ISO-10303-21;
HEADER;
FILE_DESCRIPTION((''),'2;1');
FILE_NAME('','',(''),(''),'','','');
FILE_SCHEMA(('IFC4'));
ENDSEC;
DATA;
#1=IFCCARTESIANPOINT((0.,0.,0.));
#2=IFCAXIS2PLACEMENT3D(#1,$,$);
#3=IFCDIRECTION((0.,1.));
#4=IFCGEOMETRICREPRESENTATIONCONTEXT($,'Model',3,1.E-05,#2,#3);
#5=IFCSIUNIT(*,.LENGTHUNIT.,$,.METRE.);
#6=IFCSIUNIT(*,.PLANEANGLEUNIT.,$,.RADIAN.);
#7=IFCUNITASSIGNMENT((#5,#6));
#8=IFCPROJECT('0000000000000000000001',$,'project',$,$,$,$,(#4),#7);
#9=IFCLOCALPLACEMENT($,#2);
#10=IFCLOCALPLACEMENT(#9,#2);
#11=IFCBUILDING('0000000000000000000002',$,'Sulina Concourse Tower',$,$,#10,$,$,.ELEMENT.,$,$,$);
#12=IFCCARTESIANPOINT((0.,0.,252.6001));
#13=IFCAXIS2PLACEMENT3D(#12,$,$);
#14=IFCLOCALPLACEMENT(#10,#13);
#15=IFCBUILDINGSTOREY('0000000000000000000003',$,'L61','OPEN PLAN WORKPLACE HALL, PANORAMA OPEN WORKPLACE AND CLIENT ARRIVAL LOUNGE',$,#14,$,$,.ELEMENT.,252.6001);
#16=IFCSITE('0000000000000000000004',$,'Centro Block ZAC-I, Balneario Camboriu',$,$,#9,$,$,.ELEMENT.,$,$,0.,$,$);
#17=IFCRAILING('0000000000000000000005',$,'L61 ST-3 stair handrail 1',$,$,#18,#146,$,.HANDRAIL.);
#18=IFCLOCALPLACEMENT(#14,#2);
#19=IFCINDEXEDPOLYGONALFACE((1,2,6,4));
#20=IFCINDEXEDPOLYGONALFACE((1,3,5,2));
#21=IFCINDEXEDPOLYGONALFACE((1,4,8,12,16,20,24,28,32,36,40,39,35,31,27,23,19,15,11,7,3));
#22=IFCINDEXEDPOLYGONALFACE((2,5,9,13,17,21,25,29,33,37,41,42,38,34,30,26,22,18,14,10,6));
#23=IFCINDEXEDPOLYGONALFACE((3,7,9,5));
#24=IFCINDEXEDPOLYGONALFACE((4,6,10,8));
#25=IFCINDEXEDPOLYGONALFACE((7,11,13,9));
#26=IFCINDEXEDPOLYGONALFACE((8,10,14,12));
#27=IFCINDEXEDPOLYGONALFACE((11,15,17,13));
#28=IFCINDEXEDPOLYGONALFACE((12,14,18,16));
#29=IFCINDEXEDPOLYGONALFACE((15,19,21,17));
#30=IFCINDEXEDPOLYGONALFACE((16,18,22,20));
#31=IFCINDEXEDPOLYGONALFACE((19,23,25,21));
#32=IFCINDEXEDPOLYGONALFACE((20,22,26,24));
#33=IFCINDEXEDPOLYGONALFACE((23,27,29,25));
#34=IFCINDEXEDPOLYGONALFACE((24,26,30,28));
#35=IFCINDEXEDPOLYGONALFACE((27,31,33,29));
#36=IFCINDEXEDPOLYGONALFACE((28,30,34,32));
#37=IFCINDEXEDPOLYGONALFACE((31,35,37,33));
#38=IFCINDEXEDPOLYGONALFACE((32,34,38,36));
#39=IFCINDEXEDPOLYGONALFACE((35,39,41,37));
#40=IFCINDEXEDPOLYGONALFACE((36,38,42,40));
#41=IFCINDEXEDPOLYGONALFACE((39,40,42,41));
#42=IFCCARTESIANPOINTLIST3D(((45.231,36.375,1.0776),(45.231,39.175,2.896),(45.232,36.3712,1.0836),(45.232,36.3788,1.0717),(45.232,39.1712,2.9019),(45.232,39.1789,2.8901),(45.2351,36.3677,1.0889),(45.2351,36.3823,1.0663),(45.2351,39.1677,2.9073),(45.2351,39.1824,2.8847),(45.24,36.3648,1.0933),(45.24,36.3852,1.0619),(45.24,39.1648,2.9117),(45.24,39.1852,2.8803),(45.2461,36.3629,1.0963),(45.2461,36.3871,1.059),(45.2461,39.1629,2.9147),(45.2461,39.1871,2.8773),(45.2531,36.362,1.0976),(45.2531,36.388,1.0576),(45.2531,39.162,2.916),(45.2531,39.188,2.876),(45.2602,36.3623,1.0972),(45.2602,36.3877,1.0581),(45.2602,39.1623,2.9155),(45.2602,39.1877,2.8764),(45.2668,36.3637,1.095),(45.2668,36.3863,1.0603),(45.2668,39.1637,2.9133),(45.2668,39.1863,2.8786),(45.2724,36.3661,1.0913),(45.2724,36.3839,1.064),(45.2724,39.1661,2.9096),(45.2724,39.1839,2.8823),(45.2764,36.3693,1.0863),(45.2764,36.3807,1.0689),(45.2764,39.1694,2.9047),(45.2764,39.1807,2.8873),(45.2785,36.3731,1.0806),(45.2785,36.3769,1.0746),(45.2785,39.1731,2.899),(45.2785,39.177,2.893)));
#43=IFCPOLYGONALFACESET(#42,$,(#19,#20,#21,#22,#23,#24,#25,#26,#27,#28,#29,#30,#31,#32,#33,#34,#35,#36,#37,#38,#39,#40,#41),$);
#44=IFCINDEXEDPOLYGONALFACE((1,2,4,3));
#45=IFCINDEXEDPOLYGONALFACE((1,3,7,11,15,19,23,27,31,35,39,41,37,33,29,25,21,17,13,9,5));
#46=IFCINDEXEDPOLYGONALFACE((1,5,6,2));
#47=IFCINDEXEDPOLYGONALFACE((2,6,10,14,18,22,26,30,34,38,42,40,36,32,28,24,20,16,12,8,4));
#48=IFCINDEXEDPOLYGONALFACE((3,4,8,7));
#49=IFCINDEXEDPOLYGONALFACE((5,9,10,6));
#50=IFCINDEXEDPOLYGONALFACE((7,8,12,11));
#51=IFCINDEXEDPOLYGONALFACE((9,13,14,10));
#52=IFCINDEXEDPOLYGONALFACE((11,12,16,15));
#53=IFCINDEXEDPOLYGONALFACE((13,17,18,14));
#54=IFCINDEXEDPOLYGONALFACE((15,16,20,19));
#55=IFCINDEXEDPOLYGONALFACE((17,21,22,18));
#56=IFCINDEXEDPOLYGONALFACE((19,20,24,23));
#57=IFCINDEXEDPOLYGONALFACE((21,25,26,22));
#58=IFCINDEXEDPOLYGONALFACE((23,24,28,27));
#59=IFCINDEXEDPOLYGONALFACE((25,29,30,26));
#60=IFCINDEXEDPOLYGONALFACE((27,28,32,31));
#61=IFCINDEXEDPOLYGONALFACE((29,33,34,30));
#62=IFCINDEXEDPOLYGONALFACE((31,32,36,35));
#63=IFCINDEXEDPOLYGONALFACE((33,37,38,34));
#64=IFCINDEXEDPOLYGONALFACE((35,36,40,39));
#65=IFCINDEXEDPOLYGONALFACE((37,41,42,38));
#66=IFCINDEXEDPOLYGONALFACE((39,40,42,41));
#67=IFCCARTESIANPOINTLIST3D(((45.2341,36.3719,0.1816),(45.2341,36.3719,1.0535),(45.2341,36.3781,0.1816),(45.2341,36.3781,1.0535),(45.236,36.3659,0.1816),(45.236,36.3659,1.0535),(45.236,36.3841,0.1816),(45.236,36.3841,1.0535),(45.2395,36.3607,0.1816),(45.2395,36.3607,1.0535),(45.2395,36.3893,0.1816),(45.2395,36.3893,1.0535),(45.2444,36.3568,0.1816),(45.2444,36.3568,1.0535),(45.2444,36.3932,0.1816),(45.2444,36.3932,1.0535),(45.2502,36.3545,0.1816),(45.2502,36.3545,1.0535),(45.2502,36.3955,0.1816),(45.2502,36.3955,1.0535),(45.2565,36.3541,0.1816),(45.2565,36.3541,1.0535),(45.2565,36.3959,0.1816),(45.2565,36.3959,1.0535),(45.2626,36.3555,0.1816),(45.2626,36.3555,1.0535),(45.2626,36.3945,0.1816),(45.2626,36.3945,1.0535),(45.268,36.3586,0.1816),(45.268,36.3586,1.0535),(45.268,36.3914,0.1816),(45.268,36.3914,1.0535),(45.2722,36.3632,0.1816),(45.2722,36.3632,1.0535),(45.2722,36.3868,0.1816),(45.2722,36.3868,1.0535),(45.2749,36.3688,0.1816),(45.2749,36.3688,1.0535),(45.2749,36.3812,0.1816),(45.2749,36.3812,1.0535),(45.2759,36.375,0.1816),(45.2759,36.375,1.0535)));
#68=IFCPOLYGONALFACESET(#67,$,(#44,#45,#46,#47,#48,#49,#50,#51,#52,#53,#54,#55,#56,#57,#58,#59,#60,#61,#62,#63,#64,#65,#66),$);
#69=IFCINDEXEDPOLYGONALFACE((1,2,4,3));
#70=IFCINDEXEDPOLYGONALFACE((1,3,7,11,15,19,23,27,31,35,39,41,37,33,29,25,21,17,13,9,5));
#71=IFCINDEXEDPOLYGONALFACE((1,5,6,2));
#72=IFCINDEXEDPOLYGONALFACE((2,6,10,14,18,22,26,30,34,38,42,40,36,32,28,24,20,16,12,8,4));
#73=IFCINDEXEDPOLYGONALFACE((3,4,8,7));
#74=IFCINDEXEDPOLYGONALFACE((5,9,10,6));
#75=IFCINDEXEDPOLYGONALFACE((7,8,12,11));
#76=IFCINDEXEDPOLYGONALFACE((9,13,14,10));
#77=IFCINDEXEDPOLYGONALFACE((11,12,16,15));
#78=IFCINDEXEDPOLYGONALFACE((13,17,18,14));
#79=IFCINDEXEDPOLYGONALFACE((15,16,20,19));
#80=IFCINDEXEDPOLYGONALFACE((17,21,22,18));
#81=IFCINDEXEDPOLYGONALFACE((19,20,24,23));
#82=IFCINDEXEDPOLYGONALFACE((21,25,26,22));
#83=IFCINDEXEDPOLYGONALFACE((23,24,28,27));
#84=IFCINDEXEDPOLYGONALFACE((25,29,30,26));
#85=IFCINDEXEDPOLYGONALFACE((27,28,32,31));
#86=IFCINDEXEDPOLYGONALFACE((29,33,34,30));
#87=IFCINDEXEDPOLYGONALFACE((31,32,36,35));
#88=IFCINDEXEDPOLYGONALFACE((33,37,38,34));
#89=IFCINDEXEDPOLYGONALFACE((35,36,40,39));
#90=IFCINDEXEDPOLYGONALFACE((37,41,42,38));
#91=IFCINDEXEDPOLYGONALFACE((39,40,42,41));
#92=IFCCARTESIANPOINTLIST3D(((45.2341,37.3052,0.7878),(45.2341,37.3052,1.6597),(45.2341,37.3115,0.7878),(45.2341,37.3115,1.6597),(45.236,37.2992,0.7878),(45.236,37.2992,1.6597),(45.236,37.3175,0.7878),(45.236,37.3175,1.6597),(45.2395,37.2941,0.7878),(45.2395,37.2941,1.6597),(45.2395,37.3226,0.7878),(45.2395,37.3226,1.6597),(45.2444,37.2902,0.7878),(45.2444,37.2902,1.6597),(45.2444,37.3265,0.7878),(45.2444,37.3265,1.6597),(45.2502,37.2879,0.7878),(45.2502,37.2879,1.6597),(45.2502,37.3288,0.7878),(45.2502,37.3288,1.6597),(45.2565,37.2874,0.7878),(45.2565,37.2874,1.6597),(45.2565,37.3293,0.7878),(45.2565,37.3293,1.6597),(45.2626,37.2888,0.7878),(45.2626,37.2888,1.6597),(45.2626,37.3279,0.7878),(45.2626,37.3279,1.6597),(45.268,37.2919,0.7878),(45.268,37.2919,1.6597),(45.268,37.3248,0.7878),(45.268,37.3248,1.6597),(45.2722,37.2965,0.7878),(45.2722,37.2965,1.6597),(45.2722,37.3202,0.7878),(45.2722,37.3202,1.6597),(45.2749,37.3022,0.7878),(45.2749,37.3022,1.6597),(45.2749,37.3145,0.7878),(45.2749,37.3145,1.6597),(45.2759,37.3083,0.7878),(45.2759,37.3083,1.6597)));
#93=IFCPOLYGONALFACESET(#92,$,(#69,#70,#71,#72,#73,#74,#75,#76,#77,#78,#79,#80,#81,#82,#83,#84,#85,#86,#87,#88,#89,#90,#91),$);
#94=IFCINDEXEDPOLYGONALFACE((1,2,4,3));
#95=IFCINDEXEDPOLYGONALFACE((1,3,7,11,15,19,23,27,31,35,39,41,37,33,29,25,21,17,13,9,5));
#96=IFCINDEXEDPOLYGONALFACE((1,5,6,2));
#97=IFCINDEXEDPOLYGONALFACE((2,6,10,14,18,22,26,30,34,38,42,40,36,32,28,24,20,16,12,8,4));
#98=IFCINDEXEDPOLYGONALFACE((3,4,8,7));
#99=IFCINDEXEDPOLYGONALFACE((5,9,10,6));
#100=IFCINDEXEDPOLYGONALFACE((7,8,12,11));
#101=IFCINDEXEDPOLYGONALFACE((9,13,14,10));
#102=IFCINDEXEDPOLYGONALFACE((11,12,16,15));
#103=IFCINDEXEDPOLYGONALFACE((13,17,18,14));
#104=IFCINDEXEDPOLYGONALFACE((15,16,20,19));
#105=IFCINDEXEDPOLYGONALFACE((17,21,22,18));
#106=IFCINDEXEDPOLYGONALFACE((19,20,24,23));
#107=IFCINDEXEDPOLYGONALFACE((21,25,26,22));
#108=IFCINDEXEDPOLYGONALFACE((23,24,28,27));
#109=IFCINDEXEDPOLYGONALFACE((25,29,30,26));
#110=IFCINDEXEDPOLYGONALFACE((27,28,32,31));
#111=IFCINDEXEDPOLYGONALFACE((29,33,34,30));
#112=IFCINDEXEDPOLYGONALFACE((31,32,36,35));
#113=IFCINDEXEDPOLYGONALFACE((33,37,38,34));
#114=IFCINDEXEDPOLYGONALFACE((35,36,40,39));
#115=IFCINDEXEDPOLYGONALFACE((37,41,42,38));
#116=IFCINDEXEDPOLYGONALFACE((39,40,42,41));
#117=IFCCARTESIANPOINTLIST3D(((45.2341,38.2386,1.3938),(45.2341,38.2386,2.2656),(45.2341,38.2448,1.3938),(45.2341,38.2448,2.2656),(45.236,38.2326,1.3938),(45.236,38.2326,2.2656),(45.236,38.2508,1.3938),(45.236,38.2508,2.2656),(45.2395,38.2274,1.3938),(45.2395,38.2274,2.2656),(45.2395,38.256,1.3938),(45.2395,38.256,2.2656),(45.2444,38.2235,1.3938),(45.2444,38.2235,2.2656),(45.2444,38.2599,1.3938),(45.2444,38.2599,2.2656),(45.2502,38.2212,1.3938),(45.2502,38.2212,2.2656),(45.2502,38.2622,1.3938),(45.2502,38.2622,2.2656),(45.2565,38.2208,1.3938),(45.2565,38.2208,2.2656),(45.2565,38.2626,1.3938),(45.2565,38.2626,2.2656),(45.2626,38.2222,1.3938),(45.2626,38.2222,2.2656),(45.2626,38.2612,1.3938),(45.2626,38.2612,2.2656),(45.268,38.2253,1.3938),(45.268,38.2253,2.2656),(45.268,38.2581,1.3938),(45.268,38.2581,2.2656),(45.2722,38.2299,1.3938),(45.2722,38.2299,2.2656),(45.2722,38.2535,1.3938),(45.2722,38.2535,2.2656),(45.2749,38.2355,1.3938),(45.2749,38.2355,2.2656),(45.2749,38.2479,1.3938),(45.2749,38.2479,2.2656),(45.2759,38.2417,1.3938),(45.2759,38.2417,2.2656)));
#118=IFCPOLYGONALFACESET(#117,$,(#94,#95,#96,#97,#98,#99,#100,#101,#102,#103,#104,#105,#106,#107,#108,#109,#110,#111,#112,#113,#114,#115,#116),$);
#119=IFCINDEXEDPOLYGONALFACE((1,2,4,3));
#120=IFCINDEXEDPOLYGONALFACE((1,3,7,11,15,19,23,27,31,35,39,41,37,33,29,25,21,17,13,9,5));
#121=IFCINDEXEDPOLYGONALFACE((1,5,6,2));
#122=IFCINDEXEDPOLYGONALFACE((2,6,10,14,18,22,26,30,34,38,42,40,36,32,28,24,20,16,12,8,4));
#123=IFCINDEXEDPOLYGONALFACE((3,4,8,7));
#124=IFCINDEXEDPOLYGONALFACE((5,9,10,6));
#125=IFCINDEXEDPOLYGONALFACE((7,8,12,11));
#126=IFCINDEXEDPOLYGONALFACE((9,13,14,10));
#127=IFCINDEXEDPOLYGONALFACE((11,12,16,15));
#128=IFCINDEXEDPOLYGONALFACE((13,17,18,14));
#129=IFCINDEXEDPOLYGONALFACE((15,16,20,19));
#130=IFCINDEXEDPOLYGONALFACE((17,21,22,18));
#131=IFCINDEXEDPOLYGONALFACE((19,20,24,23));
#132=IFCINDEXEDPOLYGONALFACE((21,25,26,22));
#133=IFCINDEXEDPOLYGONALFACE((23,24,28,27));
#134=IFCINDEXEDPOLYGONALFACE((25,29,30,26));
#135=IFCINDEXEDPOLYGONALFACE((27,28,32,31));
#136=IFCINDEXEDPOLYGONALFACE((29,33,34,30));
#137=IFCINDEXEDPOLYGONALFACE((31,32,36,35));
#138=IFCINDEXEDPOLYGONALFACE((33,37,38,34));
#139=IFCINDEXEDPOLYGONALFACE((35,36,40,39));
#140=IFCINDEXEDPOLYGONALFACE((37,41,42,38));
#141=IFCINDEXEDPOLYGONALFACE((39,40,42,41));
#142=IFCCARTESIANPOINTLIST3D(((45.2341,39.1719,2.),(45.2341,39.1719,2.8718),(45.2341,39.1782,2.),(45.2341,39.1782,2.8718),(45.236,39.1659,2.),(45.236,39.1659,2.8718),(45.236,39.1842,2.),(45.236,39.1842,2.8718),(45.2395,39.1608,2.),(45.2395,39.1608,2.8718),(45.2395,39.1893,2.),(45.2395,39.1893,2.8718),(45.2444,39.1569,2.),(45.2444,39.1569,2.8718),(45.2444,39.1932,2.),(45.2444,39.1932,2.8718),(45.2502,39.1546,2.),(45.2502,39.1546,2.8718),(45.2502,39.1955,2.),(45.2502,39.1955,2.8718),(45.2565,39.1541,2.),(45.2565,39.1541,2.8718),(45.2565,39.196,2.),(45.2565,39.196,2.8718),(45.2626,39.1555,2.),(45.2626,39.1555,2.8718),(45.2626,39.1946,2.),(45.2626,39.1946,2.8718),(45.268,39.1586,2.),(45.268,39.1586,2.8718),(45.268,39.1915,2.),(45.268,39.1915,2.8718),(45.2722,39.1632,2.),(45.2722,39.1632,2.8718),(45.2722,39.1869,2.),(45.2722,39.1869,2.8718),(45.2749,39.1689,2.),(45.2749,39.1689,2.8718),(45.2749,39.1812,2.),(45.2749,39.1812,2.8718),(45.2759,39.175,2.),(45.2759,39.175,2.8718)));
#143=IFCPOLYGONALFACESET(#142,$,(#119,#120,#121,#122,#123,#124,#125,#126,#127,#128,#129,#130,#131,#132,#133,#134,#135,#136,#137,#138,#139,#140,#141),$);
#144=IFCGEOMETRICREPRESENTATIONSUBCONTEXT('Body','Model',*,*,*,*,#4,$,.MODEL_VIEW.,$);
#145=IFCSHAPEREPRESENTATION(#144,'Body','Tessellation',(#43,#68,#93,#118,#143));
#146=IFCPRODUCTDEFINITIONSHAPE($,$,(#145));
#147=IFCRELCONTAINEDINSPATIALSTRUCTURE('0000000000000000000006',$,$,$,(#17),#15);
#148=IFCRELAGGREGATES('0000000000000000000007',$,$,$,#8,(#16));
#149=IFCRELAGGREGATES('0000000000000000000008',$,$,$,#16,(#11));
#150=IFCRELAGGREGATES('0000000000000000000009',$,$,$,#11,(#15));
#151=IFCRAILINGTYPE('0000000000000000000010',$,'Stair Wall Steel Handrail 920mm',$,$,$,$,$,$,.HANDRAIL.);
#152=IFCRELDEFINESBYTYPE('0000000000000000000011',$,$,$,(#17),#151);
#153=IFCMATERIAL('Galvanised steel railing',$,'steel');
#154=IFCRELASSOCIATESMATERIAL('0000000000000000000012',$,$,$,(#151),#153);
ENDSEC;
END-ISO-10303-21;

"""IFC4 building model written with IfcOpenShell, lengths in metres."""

from ifc_helpers import new_model, si_unit, direction, frame, origin, origin_2d, place, context, subcontext, project, spatial, circle, extrude, material, type_object, element, save


model = new_model("IFC4")

# Units and contexts
model_context = context("Model", 3, precision=1e-05, world=origin(), true_north=direction((0.0, 1.0)))
body_context = subcontext(model_context, "Body", "Model", "MODEL_VIEW")
ifc_project = project(units=[si_unit("LENGTHUNIT", "METRE"), si_unit("PLANEANGLEUNIT", "RADIAN")], contexts=[model_context])

# Site, building, storey
site_placement = place(None, origin())
site = spatial("IfcSite", under=ifc_project, at=site_placement, Name="Centro Block ZAC-I, Balneario Camboriu", CompositionType="ELEMENT", RefElevation=0.0)
building_placement = place(site_placement, origin())
building = spatial("IfcBuilding", under=site, at=building_placement, Name="Sulina Concourse Tower", CompositionType="ELEMENT")
storey_placement = place(building_placement, frame((0.0, 0.0, 252.6001)))
storey = spatial("IfcBuildingStorey", under=building, at=storey_placement, Name="L61", Description="OPEN PLAN WORKPLACE HALL, PANORAMA OPEN WORKPLACE AND CLIENT ARRIVAL LOUNGE", CompositionType="ELEMENT", Elevation=252.6001)

# Railing
ifc_material_1 = material(Name="Galvanised steel railing", Category="steel")
railing_type_1 = type_object("IfcRailingType", Name="Stair Wall Steel Handrail 920mm", PredefinedType="HANDRAIL", material=ifc_material_1)
railing_1_placement = place(storey_placement, frame((45.2549, 36.375, 0.1816)))
element("IfcRailing", 1, at=railing_1_placement, inside=storey, type_object=railing_type_1, Name="L61 ST-3 stair handrail 1", PredefinedType="HANDRAIL", context=body_context, shape_type="SweptSolid", body=[
    extrude(circle(Radius=0.0239, at=origin_2d()), frame((0.0, 0.0, 0.896), z_axis=(0.0, 0.838672, 0.544636), x_axis=(-1.0, 0.0, 0.0)), (0.0, 0.0, 1.0), 3.3386),
    extrude(circle(Radius=0.021, at=origin_2d()), origin(), (0.0, 0.0, 1.0), 0.8718),
    extrude(circle(Radius=0.021, at=origin_2d()), frame((0.0, 0.9333, 0.6062)), (0.0, 0.0, 1.0), 0.8718),
    extrude(circle(Radius=0.021, at=origin_2d()), frame((0.0, 1.8667, 1.2122)), (0.0, 0.0, 1.0), 0.8718),
    extrude(circle(Radius=0.021, at=origin_2d()), frame((0.0, 2.8, 1.8184)), (0.0, 0.0, 1.0), 0.8718),
])

save(model, "model.ifc")
